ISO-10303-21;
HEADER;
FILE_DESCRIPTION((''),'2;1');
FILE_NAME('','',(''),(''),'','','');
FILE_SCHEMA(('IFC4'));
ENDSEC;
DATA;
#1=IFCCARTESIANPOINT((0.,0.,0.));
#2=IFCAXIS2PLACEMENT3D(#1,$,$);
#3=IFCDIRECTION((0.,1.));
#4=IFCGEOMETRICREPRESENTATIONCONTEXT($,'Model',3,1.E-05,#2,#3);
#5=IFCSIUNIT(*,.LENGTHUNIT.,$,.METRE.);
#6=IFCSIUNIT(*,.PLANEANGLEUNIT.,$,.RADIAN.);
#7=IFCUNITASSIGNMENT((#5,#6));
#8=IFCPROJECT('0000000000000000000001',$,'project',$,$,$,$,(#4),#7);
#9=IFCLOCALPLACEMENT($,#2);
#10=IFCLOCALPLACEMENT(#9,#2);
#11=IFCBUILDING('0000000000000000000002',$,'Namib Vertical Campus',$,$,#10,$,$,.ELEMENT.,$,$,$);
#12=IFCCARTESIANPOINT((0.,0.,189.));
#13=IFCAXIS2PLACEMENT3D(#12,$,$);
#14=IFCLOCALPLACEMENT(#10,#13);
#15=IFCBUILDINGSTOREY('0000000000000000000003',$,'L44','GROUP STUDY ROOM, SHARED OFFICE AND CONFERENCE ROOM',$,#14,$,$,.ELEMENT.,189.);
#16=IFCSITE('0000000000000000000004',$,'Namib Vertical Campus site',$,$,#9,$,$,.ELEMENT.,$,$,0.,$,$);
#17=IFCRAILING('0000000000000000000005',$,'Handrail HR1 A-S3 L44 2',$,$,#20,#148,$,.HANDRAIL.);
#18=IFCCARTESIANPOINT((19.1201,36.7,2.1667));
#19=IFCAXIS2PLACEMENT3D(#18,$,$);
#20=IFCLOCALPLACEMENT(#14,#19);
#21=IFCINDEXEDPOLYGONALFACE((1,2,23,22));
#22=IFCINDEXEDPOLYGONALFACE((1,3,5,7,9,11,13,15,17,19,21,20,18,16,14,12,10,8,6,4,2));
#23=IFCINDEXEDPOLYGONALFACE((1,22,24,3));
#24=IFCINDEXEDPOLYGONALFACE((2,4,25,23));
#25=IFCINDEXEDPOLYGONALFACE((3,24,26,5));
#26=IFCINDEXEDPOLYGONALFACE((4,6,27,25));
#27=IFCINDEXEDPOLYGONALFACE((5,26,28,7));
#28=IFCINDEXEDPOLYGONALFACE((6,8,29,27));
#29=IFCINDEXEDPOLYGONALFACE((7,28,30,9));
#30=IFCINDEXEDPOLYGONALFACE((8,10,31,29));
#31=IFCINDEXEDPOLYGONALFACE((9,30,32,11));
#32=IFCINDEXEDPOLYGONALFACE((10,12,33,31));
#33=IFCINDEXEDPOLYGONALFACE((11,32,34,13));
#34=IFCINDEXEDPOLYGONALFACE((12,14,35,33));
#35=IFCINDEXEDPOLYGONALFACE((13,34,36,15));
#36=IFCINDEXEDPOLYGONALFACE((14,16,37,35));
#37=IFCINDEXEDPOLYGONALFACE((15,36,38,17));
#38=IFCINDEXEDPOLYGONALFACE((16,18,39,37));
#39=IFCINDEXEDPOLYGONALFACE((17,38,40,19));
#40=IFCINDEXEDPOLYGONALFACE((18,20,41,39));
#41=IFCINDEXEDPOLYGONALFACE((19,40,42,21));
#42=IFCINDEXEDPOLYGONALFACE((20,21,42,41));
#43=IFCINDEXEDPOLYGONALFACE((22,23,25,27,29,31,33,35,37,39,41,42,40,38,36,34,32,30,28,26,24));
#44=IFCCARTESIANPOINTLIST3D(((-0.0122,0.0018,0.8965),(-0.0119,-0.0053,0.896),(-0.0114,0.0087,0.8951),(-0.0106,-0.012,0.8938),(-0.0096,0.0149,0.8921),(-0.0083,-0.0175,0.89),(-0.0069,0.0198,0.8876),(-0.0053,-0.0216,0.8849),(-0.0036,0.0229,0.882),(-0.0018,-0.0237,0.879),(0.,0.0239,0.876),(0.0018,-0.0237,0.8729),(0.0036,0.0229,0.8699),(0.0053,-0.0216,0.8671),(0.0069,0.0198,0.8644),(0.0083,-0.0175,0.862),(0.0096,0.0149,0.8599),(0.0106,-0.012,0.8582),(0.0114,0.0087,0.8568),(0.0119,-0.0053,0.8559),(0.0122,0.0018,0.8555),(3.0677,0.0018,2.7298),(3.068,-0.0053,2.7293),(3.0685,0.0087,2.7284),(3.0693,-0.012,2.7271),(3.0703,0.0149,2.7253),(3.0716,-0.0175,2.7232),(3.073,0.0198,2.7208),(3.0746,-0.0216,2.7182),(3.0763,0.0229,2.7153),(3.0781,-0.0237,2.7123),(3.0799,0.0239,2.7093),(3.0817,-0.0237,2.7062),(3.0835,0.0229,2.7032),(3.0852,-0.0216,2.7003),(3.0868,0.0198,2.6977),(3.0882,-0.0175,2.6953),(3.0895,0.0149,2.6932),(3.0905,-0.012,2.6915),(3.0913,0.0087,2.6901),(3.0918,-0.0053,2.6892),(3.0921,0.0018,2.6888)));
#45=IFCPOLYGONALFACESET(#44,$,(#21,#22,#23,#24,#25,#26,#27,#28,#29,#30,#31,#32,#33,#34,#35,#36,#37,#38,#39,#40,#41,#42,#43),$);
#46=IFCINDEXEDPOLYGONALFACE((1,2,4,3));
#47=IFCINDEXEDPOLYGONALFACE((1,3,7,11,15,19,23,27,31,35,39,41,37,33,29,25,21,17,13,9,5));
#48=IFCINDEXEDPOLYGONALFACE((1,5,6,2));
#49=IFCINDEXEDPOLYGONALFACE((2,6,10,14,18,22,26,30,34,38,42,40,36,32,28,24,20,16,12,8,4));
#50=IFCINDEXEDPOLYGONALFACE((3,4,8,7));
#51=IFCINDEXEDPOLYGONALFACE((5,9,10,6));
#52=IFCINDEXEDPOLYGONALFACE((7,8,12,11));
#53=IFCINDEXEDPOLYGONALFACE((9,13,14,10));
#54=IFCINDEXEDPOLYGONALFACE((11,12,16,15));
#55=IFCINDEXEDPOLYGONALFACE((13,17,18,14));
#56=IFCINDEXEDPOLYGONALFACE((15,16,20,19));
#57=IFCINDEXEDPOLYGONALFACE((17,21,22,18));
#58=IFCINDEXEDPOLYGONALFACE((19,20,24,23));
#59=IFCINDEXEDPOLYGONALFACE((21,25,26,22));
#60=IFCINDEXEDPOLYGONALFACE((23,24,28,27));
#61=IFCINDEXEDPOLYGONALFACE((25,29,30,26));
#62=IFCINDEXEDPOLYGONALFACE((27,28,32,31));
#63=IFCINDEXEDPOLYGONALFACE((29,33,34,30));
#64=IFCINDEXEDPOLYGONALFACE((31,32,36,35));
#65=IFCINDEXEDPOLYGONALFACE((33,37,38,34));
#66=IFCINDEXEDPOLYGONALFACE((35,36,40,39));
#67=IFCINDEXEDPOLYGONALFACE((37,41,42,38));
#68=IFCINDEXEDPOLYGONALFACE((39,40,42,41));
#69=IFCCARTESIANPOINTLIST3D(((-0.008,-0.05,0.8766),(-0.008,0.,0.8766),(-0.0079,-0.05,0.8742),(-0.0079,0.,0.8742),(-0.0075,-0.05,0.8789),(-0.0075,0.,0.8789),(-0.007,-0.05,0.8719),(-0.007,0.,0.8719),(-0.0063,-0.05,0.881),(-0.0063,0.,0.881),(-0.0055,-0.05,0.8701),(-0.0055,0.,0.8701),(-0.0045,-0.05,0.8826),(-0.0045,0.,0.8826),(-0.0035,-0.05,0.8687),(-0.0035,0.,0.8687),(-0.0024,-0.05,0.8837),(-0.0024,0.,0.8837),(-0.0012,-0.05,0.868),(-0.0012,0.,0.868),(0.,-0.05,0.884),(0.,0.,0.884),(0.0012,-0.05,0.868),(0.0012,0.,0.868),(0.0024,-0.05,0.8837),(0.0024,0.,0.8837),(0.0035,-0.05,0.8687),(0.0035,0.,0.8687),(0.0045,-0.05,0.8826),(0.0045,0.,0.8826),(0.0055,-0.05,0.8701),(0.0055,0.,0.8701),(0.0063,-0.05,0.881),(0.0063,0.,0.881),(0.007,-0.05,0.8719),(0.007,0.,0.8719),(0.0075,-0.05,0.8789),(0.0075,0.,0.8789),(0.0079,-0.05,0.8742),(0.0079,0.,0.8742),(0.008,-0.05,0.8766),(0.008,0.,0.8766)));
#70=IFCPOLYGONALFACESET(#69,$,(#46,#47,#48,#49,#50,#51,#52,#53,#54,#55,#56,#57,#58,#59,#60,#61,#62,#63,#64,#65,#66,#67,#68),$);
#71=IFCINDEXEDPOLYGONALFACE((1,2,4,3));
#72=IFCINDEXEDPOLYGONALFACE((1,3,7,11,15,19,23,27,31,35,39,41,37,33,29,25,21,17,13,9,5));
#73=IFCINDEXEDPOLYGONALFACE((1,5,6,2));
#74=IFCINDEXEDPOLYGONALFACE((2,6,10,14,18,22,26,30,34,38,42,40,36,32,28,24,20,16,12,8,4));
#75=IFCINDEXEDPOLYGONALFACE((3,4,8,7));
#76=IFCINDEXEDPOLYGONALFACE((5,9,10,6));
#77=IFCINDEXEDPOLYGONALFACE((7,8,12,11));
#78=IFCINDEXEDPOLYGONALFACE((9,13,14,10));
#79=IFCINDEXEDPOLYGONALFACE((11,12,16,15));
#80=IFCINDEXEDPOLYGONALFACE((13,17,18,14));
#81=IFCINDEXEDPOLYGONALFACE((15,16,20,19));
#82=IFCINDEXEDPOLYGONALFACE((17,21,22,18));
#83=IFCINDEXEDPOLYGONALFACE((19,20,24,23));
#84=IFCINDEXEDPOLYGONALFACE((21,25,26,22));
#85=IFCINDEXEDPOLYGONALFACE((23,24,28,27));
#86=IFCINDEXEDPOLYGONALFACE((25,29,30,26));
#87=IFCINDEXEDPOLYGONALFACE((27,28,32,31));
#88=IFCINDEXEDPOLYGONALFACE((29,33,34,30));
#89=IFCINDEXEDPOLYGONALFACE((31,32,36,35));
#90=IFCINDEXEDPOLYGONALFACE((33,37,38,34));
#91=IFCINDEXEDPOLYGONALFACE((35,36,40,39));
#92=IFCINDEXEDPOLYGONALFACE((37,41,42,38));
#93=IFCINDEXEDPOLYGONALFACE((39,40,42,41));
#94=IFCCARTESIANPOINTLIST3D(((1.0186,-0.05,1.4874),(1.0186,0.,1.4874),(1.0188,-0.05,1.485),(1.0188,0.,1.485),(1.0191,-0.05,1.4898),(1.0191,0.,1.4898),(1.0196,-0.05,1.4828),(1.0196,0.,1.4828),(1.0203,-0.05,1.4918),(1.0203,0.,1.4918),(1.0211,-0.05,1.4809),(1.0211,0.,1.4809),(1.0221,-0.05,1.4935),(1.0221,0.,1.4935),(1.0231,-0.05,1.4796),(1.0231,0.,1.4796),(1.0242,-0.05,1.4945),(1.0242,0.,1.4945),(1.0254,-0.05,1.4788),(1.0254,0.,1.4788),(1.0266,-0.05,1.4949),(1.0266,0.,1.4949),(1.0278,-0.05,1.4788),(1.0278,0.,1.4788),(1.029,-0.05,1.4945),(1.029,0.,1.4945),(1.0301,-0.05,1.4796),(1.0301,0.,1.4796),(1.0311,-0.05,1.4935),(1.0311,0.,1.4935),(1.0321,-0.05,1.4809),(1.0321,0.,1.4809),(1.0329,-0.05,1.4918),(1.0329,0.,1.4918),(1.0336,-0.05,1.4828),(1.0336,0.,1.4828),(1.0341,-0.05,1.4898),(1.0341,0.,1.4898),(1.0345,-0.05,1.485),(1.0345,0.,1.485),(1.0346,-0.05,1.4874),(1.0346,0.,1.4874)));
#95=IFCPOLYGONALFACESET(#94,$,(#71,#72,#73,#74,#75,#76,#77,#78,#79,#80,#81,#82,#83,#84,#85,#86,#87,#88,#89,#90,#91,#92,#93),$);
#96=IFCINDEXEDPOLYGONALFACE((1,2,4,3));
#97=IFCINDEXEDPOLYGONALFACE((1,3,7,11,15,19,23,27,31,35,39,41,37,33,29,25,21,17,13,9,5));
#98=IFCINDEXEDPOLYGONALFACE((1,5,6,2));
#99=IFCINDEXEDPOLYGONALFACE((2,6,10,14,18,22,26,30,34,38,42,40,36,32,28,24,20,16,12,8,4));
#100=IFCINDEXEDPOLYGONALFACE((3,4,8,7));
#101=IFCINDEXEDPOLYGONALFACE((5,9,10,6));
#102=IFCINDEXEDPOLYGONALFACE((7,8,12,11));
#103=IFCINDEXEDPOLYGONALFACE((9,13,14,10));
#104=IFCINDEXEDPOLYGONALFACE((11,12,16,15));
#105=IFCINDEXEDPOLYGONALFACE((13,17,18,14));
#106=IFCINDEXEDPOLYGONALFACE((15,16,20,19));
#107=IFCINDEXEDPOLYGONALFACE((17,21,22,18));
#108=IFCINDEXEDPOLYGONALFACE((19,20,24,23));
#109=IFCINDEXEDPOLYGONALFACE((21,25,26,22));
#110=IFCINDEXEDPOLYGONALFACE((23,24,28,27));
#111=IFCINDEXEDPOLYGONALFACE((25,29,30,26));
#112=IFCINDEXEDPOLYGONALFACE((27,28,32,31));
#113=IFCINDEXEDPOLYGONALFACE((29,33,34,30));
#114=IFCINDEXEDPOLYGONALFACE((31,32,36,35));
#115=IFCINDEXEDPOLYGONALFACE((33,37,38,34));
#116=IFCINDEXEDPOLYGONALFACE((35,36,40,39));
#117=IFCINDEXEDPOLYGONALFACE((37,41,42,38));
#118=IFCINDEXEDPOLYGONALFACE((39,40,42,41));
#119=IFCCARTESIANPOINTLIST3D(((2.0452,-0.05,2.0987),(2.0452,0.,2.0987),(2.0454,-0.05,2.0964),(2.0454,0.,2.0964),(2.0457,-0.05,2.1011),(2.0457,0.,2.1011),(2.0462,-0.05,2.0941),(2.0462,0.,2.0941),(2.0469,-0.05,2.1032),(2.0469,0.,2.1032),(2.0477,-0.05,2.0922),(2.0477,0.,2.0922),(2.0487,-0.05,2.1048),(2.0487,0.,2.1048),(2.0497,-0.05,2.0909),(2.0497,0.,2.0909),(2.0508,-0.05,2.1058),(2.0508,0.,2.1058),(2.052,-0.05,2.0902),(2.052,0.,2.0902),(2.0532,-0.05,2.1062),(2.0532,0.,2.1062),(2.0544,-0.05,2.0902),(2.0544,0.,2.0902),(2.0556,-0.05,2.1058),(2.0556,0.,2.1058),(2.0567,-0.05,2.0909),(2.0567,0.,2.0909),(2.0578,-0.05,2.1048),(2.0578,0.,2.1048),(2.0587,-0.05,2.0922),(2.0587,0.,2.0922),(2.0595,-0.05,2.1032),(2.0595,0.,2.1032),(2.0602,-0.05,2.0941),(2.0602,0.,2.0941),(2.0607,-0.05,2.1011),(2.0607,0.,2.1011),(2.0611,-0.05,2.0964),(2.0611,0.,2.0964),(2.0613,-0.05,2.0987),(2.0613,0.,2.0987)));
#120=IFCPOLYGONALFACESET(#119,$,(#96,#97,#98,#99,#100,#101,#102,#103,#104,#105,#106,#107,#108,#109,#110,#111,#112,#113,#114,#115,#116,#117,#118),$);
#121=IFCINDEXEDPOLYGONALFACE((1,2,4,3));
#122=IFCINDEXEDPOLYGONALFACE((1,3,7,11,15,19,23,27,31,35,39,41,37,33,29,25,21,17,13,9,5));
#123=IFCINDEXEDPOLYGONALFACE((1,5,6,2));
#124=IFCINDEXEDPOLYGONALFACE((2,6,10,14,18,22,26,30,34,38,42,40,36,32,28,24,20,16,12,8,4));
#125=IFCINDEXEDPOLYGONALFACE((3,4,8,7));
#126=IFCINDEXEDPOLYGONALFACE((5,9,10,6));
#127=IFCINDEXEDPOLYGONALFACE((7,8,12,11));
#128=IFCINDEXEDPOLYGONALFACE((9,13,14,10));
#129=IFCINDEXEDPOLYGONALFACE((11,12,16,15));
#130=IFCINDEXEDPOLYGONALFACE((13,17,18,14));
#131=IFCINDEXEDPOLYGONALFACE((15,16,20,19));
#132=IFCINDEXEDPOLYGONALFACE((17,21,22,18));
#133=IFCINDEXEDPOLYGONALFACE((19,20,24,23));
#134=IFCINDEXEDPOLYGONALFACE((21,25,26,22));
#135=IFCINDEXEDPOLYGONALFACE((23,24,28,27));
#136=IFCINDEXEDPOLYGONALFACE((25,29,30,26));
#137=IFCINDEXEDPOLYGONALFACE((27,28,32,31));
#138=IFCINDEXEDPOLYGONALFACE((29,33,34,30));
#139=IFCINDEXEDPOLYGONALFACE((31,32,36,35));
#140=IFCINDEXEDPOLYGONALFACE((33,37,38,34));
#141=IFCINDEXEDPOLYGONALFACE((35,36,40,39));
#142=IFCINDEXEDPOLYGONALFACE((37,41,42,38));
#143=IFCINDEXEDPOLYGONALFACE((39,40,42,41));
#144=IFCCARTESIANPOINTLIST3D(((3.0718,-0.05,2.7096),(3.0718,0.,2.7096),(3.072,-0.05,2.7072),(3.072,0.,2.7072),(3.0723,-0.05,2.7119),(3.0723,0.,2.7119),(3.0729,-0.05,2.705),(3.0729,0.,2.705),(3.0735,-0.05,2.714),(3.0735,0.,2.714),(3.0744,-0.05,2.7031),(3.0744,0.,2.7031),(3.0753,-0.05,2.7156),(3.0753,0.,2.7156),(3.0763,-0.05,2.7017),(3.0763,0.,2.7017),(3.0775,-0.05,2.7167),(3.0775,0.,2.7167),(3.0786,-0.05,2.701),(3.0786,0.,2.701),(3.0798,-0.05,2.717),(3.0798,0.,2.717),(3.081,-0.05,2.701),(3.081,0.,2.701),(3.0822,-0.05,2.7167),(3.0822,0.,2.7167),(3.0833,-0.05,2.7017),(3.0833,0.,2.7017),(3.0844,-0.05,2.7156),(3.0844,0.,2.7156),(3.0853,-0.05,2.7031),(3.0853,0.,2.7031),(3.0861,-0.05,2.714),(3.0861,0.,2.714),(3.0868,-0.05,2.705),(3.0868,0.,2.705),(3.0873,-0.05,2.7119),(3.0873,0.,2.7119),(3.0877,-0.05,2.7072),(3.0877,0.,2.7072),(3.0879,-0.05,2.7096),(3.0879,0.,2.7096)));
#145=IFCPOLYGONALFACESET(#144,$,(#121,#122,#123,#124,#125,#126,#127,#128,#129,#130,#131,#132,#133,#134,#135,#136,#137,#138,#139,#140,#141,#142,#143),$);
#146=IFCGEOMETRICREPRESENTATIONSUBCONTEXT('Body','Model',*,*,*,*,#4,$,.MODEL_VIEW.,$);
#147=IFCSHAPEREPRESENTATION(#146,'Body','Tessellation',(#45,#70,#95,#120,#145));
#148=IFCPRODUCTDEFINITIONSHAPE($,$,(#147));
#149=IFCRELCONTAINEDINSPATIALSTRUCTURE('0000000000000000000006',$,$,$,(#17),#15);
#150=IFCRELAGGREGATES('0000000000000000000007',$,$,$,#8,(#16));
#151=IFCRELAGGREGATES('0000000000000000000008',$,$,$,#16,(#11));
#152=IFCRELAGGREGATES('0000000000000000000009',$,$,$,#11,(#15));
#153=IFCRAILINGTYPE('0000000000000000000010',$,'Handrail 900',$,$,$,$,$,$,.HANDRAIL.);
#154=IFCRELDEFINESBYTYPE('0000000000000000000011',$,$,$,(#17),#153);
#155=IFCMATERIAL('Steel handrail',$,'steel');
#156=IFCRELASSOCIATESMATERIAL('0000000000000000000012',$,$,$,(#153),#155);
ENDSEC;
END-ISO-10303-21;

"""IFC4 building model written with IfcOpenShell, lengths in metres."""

from ifc_helpers import new_model, si_unit, direction, frame, origin, origin_2d, place, context, subcontext, project, spatial, circle, extrude, material, type_object, element, save


model = new_model("IFC4")

# Units and contexts
model_context = context("Model", 3, precision=1e-05, world=origin(), true_north=direction((0.0, 1.0)))
body_context = subcontext(model_context, "Body", "Model", "MODEL_VIEW")
ifc_project = project(units=[si_unit("LENGTHUNIT", "METRE"), si_unit("PLANEANGLEUNIT", "RADIAN")], contexts=[model_context])

# Site, building, storey
site_placement = place(None, origin())
site = spatial("IfcSite", under=ifc_project, at=site_placement, Name="Namib Vertical Campus site", CompositionType="ELEMENT", RefElevation=0.0)
building_placement = place(site_placement, origin())
building = spatial("IfcBuilding", under=site, at=building_placement, Name="Namib Vertical Campus", CompositionType="ELEMENT")
storey_placement = place(building_placement, frame((0.0, 0.0, 189.0)))
storey = spatial("IfcBuildingStorey", under=building, at=storey_placement, Name="L44", Description="GROUP STUDY ROOM, SHARED OFFICE AND CONFERENCE ROOM", CompositionType="ELEMENT", Elevation=189.0)

# Railing
ifc_material_1 = material(Name="Steel handrail", Category="steel")
railing_type_1 = type_object("IfcRailingType", Name="Handrail 900", PredefinedType="HANDRAIL", material=ifc_material_1)
railing_1_placement = place(storey_placement, frame((19.1201, 36.7, 2.1667)))
element("IfcRailing", 1, at=railing_1_placement, inside=storey, type_object=railing_type_1, Name="Handrail HR1 A-S3 L44 2", PredefinedType="HANDRAIL", context=body_context, shape_type="SweptSolid", body=[
    extrude(circle(Radius=0.0239, at=origin_2d()), frame((0.0, 0.0, 0.876), z_axis=(0.859291, 0.0, 0.511487), x_axis=(0.0, 1.0, 0.0)), (0.0, 0.0, 1.0), 3.5842),
    extrude(circle(Radius=0.0081, at=origin_2d()), frame((0.0, 0.0, 0.876), z_axis=(0.0, -1.0, 0.0), x_axis=(0.0, 0.0, 1.0)), (0.0, 0.0, 1.0), 0.05),
    extrude(circle(Radius=0.0081, at=origin_2d()), frame((1.0266, 0.0, 1.4868), z_axis=(0.0, -1.0, 0.0), x_axis=(0.0, 0.0, 1.0)), (0.0, 0.0, 1.0), 0.05),
    extrude(circle(Radius=0.0081, at=origin_2d()), frame((2.0532, 0.0, 2.0981), z_axis=(0.0, -1.0, 0.0), x_axis=(0.0, 0.0, 1.0)), (0.0, 0.0, 1.0), 0.05),
    extrude(circle(Radius=0.0081, at=origin_2d()), frame((3.0798, 0.0, 2.709), z_axis=(0.0, -1.0, 0.0), x_axis=(0.0, 0.0, 1.0)), (0.0, 0.0, 1.0), 0.05),
])

save(model, "model.ifc")
